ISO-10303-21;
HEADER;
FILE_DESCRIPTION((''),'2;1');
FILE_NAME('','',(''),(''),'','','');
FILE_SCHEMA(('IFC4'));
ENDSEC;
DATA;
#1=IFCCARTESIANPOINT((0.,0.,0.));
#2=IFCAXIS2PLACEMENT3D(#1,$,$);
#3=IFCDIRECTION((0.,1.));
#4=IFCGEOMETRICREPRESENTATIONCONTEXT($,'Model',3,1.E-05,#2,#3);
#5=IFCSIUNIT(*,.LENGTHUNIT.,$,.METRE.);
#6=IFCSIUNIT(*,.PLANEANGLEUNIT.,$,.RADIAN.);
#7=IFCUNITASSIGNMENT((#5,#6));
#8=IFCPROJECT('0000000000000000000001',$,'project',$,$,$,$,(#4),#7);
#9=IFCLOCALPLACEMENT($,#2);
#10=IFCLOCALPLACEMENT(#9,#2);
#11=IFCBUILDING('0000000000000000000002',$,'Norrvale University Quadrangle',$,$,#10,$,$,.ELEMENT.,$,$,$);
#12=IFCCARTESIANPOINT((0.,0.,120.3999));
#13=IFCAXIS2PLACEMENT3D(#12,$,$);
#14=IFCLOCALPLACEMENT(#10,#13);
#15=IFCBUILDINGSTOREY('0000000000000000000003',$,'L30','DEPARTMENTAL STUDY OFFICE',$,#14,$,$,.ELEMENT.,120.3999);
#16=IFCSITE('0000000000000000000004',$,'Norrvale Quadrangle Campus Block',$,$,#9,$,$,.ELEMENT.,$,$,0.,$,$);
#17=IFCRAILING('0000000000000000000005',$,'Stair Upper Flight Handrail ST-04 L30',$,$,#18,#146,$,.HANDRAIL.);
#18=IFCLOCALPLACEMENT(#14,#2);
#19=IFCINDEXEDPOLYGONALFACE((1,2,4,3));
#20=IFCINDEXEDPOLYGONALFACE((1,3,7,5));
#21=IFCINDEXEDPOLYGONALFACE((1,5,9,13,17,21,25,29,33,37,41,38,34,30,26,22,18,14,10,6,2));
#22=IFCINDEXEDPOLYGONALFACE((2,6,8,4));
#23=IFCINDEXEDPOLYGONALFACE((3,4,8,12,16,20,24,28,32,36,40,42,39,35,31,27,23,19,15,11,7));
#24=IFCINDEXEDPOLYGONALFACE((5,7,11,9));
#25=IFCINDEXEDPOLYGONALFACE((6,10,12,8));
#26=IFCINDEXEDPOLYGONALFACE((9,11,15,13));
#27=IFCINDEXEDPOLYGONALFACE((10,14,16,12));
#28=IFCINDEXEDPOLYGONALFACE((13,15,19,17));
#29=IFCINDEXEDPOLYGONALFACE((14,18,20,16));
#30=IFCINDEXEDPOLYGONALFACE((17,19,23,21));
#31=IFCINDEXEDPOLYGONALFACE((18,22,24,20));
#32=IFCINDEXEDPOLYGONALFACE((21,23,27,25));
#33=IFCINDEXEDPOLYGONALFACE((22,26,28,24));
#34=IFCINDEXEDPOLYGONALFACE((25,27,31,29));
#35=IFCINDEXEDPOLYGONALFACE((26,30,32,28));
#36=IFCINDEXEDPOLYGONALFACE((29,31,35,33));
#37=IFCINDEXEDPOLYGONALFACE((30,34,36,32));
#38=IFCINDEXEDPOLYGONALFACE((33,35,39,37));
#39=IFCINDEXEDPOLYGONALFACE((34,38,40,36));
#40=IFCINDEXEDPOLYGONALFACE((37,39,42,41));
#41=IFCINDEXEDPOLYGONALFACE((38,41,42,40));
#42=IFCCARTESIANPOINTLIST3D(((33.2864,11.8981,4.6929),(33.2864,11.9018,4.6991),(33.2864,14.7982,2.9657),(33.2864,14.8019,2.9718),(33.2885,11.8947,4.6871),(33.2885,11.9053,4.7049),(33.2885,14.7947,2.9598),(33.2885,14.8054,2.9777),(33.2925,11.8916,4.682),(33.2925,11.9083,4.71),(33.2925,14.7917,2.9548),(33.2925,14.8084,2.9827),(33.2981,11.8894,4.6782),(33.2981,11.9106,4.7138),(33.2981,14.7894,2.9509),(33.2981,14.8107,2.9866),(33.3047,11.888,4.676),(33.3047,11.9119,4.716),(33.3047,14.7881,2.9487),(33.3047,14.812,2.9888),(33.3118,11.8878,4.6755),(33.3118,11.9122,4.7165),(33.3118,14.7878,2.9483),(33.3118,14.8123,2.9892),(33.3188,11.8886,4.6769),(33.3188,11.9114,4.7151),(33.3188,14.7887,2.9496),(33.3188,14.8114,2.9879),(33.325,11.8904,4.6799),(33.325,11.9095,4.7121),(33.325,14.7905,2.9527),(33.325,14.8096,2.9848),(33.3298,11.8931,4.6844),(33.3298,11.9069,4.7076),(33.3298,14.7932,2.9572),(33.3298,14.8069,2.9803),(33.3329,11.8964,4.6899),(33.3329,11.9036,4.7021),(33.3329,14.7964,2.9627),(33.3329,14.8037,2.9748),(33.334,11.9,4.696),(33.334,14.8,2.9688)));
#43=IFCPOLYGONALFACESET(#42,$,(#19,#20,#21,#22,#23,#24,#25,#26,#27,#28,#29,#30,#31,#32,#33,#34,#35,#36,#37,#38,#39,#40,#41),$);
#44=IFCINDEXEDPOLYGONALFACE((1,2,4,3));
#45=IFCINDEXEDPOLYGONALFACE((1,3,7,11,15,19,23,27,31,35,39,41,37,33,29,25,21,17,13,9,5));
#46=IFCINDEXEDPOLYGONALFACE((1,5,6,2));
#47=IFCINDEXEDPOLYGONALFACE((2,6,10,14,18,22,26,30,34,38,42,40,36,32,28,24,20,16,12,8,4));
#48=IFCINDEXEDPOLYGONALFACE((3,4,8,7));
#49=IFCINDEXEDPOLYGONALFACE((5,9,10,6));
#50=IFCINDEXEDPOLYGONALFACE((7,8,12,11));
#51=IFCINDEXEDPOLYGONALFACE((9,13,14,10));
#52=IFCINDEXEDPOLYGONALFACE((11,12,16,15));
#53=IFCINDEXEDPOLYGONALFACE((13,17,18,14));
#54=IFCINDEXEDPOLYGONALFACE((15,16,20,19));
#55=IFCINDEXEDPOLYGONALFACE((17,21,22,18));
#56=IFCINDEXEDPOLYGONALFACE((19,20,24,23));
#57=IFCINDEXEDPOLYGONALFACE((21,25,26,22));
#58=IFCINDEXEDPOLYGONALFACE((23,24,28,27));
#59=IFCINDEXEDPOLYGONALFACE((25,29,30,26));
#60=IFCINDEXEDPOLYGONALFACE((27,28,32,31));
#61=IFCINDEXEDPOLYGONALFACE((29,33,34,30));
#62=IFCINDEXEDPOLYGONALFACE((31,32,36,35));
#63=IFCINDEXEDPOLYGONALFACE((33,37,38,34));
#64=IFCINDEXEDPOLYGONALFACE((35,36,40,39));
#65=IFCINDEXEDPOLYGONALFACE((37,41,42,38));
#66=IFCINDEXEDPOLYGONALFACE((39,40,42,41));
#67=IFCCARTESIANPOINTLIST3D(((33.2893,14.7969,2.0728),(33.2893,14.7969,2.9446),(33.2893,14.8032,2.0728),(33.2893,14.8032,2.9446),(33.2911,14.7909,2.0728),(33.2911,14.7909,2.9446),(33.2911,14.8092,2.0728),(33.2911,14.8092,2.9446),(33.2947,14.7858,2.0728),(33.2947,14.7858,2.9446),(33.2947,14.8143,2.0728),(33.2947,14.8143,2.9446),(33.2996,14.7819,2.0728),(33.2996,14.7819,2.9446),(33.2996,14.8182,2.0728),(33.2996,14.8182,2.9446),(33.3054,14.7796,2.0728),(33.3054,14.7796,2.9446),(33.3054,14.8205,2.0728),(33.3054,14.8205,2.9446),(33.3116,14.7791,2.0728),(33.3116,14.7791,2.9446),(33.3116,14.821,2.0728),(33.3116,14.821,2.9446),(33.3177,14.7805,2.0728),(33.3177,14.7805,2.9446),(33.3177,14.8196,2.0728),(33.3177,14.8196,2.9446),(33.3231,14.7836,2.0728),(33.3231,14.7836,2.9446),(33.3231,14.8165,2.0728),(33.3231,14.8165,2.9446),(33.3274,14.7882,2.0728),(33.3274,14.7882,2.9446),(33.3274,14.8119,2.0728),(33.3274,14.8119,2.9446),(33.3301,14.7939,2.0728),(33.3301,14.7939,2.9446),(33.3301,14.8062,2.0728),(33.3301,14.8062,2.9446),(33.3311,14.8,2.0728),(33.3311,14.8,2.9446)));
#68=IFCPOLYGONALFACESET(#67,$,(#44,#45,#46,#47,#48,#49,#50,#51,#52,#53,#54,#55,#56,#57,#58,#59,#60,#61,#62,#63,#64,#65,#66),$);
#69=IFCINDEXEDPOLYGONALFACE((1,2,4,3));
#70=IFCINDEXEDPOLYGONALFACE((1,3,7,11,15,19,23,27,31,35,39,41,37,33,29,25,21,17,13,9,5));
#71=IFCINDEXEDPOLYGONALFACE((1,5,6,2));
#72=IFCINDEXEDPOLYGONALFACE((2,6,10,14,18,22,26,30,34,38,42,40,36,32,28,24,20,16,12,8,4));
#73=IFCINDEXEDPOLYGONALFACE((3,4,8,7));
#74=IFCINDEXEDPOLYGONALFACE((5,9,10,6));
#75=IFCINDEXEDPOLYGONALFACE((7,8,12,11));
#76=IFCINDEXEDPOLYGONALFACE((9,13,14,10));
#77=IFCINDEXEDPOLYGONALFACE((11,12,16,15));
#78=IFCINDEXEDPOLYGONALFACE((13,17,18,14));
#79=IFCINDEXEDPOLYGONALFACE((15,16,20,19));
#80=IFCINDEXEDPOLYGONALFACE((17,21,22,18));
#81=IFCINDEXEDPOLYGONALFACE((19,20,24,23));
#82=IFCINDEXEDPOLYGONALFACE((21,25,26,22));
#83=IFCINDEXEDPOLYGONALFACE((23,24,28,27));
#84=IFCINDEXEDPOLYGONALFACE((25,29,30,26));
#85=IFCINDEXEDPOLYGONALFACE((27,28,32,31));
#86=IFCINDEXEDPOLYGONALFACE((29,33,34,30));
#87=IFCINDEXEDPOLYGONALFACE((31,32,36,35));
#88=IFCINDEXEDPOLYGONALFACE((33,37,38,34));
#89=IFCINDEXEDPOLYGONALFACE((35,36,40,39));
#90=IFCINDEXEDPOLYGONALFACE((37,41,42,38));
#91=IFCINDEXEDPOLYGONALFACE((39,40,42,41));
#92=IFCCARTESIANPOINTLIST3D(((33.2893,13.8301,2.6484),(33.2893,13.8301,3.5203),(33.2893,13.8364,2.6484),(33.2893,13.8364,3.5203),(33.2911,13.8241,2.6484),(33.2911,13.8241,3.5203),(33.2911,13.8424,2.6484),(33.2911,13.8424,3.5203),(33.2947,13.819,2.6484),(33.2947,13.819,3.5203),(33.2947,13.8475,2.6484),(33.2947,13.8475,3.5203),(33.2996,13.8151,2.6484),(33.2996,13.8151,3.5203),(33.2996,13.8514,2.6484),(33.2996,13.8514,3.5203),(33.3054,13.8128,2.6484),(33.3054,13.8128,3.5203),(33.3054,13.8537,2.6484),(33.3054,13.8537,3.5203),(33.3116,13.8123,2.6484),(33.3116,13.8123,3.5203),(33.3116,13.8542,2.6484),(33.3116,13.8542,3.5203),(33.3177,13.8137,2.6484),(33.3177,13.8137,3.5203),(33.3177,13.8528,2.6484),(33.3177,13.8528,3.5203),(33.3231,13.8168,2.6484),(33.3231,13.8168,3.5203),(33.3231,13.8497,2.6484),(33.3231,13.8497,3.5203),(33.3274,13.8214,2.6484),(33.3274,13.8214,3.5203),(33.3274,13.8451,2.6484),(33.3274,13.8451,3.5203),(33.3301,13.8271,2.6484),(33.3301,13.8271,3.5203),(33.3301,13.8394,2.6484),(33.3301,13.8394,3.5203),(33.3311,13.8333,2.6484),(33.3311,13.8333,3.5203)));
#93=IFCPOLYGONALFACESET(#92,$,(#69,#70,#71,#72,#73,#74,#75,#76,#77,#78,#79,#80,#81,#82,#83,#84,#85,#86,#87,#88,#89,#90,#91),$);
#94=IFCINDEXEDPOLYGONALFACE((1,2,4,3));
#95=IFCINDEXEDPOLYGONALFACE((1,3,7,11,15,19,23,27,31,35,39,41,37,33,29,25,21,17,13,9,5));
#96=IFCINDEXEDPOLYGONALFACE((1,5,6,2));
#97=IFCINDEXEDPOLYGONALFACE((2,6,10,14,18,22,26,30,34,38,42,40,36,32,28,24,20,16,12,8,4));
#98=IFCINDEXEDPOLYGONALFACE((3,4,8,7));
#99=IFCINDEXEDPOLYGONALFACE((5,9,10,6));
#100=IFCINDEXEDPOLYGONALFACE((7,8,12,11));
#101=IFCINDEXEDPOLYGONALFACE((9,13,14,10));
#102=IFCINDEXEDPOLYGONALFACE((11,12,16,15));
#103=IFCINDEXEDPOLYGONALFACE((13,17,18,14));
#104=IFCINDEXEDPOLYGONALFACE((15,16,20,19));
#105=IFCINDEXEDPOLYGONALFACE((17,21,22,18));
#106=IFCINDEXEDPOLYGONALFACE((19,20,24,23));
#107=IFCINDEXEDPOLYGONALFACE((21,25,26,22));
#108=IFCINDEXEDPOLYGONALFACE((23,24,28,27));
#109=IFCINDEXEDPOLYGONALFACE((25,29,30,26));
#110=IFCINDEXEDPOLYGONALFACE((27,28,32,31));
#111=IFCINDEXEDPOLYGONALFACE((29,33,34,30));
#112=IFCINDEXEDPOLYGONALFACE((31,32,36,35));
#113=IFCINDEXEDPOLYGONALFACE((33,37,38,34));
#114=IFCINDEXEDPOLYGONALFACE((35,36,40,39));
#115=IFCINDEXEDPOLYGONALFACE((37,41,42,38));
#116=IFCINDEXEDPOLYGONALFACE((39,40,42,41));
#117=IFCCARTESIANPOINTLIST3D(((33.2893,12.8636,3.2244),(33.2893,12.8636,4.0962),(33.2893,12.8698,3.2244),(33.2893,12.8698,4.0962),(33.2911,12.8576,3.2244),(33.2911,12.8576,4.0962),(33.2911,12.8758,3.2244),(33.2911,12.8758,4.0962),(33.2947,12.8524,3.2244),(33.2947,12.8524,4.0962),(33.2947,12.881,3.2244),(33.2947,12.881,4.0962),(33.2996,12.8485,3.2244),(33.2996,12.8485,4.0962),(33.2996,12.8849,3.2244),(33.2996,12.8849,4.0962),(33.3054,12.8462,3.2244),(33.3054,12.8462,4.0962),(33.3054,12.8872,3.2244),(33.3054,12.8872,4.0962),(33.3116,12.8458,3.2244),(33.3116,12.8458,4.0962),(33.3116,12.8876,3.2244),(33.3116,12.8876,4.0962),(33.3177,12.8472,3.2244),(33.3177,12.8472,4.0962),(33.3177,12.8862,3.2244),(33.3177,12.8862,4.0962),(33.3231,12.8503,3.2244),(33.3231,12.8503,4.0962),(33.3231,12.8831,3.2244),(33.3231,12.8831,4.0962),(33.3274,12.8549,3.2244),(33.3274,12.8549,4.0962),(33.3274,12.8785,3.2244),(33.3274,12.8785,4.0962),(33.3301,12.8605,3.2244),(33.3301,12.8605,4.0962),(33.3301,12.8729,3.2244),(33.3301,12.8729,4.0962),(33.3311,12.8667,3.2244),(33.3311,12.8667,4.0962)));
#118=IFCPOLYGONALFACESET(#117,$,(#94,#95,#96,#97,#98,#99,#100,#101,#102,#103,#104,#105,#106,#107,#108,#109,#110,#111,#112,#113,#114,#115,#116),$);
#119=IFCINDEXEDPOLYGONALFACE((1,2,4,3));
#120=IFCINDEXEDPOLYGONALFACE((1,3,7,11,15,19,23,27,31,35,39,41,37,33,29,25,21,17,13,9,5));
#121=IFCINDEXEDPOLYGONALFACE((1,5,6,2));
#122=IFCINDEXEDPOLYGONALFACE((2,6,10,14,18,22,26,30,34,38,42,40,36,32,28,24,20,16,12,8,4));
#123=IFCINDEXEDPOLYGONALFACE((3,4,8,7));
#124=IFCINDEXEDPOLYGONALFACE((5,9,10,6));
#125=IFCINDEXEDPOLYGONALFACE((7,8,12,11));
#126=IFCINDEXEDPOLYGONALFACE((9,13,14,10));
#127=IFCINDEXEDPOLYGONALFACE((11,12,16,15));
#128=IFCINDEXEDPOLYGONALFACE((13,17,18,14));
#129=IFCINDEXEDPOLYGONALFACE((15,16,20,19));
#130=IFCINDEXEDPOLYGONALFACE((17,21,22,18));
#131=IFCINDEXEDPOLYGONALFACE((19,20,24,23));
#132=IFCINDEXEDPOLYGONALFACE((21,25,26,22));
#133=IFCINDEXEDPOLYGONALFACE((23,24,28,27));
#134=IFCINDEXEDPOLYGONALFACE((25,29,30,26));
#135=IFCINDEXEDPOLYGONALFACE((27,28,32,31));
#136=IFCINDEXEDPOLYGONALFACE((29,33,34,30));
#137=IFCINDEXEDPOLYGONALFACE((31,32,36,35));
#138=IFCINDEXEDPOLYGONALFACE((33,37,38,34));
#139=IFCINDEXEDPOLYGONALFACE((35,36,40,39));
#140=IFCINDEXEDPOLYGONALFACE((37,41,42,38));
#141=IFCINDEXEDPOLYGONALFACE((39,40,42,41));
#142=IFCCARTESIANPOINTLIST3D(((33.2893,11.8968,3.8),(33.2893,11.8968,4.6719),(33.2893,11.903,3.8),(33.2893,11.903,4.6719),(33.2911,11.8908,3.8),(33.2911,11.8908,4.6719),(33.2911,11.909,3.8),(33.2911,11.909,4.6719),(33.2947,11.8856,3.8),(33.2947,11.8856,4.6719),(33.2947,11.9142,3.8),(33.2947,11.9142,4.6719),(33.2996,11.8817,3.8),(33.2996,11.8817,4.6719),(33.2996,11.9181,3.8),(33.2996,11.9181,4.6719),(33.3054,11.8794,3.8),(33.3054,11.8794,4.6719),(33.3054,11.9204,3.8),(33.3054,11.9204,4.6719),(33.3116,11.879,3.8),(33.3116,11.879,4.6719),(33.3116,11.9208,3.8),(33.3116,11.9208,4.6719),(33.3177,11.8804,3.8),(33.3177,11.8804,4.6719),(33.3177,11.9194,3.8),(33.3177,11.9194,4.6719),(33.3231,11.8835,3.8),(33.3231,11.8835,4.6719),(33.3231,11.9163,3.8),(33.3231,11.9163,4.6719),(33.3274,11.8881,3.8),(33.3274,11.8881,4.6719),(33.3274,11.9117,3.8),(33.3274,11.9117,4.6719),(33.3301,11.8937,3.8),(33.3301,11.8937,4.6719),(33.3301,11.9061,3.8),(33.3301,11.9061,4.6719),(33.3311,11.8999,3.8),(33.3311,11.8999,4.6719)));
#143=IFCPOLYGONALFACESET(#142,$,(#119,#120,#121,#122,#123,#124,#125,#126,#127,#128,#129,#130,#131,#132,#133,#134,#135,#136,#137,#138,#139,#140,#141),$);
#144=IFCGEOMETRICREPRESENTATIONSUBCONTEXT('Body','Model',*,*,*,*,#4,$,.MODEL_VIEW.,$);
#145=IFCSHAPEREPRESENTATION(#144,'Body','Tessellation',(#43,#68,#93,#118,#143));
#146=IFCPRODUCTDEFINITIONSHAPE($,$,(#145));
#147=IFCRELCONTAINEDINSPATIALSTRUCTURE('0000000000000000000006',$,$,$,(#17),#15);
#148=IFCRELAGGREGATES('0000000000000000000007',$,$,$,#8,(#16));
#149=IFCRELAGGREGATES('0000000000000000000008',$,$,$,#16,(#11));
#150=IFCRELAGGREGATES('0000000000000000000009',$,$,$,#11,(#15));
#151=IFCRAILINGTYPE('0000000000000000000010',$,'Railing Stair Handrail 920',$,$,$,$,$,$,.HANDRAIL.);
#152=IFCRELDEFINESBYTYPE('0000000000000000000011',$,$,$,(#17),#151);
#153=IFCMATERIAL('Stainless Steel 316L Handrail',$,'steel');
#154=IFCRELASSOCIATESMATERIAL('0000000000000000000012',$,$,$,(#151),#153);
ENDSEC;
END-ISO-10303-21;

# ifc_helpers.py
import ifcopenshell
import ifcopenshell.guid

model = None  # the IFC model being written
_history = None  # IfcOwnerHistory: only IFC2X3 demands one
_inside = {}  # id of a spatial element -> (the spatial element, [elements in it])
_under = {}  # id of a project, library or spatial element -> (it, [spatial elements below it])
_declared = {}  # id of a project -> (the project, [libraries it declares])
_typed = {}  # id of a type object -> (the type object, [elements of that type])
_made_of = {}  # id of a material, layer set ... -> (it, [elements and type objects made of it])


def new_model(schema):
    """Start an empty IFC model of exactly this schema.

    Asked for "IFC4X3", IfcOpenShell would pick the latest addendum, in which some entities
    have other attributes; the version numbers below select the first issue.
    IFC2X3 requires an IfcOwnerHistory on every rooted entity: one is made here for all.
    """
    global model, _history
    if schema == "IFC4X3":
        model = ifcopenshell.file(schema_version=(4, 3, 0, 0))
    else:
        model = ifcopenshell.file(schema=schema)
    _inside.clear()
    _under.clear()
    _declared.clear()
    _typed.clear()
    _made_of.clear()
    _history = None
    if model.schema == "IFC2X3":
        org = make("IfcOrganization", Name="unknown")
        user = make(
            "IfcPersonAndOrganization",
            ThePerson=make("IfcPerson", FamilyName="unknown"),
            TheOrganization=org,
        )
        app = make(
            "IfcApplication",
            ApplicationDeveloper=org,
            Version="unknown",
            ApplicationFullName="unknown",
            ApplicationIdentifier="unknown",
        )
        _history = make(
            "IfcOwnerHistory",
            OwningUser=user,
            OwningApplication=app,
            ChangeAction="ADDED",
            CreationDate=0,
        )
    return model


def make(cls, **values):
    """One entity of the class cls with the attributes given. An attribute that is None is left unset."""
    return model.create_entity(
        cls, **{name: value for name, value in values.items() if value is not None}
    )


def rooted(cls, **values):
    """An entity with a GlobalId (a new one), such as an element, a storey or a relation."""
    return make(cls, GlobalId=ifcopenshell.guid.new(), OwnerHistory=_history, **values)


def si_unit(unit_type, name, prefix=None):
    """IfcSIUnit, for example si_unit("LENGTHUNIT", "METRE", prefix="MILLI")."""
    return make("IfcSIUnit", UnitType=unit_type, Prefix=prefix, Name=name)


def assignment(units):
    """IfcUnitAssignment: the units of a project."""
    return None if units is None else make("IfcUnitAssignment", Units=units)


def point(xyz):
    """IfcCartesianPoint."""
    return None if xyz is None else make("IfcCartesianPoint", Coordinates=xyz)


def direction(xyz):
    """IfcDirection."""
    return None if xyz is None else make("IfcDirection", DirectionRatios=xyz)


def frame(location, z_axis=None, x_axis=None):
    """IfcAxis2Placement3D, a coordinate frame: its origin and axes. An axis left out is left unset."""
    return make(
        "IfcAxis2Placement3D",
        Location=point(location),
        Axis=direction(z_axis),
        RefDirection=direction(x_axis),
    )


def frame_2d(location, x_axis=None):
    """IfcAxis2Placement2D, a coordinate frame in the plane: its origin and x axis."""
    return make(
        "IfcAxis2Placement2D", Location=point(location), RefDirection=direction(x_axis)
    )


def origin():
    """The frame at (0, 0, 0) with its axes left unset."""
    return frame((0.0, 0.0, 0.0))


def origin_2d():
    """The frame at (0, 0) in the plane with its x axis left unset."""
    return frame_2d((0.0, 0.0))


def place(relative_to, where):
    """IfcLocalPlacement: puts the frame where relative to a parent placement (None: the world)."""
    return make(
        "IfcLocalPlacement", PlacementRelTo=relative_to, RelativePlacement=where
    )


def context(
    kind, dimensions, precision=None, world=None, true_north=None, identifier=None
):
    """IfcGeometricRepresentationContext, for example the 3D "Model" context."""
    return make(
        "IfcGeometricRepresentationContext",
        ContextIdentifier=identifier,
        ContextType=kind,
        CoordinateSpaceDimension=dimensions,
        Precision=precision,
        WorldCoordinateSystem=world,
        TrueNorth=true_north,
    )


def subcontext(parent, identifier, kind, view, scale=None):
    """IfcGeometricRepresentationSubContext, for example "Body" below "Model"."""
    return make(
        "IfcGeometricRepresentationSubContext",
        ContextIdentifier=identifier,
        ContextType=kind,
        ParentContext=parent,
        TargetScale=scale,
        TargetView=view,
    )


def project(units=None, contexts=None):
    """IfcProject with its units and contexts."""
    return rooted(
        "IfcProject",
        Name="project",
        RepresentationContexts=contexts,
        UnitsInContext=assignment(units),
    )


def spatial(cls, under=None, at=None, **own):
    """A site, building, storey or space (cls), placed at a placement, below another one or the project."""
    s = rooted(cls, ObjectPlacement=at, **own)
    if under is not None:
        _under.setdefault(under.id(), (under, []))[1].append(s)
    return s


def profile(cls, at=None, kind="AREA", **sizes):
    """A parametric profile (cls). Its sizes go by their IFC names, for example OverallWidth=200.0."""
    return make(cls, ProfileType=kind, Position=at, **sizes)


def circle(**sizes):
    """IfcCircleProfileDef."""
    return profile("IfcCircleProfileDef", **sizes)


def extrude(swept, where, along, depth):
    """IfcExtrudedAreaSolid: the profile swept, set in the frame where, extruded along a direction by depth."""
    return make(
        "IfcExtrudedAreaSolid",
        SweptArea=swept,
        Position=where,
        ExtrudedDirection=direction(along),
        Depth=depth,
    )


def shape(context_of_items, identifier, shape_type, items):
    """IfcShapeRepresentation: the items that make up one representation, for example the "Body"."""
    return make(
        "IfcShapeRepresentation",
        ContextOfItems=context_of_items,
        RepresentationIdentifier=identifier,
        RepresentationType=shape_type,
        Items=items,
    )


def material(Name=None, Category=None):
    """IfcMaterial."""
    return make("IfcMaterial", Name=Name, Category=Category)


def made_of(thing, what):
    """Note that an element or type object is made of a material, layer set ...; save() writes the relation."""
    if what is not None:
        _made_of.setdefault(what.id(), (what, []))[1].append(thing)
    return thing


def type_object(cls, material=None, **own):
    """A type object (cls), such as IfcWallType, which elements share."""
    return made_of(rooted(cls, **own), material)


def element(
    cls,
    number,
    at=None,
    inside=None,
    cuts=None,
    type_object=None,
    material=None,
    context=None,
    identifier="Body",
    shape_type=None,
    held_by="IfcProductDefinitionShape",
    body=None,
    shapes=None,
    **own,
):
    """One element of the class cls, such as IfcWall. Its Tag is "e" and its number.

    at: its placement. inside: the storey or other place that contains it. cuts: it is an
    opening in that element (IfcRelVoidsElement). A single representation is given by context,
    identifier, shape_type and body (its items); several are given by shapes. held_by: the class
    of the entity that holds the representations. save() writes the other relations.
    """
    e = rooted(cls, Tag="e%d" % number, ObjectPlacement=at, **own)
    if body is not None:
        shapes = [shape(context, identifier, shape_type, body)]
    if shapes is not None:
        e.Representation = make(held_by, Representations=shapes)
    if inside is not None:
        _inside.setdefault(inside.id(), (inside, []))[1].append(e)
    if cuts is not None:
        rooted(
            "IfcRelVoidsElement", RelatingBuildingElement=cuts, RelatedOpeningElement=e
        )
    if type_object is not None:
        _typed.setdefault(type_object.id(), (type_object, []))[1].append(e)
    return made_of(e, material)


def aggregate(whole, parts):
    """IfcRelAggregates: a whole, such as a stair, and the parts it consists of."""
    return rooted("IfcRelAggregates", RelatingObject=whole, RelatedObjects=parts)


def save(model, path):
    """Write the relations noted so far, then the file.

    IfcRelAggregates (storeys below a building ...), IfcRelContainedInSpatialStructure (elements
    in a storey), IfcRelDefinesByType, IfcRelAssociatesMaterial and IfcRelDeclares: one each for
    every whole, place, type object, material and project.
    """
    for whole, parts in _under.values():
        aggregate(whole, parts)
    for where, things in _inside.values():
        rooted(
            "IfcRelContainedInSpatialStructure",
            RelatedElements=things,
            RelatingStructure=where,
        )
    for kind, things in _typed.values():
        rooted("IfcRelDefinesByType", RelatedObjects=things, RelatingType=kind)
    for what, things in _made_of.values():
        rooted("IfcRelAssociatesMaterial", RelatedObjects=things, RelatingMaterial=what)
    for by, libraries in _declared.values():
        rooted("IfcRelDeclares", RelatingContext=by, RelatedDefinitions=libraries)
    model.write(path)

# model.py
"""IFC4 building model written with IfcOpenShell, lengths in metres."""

from ifc_helpers import new_model, si_unit, direction, frame, origin, origin_2d, place, context, subcontext, project, spatial, circle, extrude, material, type_object, element, save


model = new_model("IFC4")

# Units and contexts
model_context = context("Model", 3, precision=1e-05, world=origin(), true_north=direction((0.0, 1.0)))
body_context = subcontext(model_context, "Body", "Model", "MODEL_VIEW")
ifc_project = project(units=[si_unit("LENGTHUNIT", "METRE"), si_unit("PLANEANGLEUNIT", "RADIAN")], contexts=[model_context])

# Site, building, storey
site_placement = place(None, origin())
site = spatial("IfcSite", under=ifc_project, at=site_placement, Name="Norrvale Quadrangle Campus Block", CompositionType="ELEMENT", RefElevation=0.0)
building_placement = place(site_placement, origin())
building = spatial("IfcBuilding", under=site, at=building_placement, Name="Norrvale University Quadrangle", CompositionType="ELEMENT")
storey_placement = place(building_placement, frame((0.0, 0.0, 120.3999)))
storey = spatial("IfcBuildingStorey", under=building, at=storey_placement, Name="L30", Description="DEPARTMENTAL STUDY OFFICE", CompositionType="ELEMENT", Elevation=120.3999)

# Railing
ifc_material_1 = material(Name="Stainless Steel 316L Handrail", Category="steel")
railing_type_1 = type_object("IfcRailingType", Name="Railing Stair Handrail 920", PredefinedType="HANDRAIL", material=ifc_material_1)
railing_1_placement = place(storey_placement, frame((33.3101, 14.8, 2.0728)))
element("IfcRailing", 1, at=railing_1_placement, inside=storey, type_object=railing_type_1, Name="Stair Upper Flight Handrail ST-04 L30", PredefinedType="HANDRAIL", context=body_context, shape_type="SweptSolid", body=[
    extrude(circle(Radius=0.0239, at=origin_2d()), frame((0.0, 0.0, 0.896), z_axis=(0.0, -0.85916, 0.511706), x_axis=(1.0, 0.0, 0.0)), (0.0, 0.0, 1.0), 3.3755),
    extrude(circle(Radius=0.021, at=origin_2d()), origin(), (0.0, 0.0, 1.0), 0.8718),
    extrude(circle(Radius=0.021, at=origin_2d()), frame((0.0, -0.9668, 0.5757)), (0.0, 0.0, 1.0), 0.8718),
    extrude(circle(Radius=0.021, at=origin_2d()), frame((0.0, -1.9333, 1.1516)), (0.0, 0.0, 1.0), 0.8718),
    extrude(circle(Radius=0.021, at=origin_2d()), frame((0.0, -2.9001, 1.7273)), (0.0, 0.0, 1.0), 0.8718),
])

save(model, "model.ifc")
